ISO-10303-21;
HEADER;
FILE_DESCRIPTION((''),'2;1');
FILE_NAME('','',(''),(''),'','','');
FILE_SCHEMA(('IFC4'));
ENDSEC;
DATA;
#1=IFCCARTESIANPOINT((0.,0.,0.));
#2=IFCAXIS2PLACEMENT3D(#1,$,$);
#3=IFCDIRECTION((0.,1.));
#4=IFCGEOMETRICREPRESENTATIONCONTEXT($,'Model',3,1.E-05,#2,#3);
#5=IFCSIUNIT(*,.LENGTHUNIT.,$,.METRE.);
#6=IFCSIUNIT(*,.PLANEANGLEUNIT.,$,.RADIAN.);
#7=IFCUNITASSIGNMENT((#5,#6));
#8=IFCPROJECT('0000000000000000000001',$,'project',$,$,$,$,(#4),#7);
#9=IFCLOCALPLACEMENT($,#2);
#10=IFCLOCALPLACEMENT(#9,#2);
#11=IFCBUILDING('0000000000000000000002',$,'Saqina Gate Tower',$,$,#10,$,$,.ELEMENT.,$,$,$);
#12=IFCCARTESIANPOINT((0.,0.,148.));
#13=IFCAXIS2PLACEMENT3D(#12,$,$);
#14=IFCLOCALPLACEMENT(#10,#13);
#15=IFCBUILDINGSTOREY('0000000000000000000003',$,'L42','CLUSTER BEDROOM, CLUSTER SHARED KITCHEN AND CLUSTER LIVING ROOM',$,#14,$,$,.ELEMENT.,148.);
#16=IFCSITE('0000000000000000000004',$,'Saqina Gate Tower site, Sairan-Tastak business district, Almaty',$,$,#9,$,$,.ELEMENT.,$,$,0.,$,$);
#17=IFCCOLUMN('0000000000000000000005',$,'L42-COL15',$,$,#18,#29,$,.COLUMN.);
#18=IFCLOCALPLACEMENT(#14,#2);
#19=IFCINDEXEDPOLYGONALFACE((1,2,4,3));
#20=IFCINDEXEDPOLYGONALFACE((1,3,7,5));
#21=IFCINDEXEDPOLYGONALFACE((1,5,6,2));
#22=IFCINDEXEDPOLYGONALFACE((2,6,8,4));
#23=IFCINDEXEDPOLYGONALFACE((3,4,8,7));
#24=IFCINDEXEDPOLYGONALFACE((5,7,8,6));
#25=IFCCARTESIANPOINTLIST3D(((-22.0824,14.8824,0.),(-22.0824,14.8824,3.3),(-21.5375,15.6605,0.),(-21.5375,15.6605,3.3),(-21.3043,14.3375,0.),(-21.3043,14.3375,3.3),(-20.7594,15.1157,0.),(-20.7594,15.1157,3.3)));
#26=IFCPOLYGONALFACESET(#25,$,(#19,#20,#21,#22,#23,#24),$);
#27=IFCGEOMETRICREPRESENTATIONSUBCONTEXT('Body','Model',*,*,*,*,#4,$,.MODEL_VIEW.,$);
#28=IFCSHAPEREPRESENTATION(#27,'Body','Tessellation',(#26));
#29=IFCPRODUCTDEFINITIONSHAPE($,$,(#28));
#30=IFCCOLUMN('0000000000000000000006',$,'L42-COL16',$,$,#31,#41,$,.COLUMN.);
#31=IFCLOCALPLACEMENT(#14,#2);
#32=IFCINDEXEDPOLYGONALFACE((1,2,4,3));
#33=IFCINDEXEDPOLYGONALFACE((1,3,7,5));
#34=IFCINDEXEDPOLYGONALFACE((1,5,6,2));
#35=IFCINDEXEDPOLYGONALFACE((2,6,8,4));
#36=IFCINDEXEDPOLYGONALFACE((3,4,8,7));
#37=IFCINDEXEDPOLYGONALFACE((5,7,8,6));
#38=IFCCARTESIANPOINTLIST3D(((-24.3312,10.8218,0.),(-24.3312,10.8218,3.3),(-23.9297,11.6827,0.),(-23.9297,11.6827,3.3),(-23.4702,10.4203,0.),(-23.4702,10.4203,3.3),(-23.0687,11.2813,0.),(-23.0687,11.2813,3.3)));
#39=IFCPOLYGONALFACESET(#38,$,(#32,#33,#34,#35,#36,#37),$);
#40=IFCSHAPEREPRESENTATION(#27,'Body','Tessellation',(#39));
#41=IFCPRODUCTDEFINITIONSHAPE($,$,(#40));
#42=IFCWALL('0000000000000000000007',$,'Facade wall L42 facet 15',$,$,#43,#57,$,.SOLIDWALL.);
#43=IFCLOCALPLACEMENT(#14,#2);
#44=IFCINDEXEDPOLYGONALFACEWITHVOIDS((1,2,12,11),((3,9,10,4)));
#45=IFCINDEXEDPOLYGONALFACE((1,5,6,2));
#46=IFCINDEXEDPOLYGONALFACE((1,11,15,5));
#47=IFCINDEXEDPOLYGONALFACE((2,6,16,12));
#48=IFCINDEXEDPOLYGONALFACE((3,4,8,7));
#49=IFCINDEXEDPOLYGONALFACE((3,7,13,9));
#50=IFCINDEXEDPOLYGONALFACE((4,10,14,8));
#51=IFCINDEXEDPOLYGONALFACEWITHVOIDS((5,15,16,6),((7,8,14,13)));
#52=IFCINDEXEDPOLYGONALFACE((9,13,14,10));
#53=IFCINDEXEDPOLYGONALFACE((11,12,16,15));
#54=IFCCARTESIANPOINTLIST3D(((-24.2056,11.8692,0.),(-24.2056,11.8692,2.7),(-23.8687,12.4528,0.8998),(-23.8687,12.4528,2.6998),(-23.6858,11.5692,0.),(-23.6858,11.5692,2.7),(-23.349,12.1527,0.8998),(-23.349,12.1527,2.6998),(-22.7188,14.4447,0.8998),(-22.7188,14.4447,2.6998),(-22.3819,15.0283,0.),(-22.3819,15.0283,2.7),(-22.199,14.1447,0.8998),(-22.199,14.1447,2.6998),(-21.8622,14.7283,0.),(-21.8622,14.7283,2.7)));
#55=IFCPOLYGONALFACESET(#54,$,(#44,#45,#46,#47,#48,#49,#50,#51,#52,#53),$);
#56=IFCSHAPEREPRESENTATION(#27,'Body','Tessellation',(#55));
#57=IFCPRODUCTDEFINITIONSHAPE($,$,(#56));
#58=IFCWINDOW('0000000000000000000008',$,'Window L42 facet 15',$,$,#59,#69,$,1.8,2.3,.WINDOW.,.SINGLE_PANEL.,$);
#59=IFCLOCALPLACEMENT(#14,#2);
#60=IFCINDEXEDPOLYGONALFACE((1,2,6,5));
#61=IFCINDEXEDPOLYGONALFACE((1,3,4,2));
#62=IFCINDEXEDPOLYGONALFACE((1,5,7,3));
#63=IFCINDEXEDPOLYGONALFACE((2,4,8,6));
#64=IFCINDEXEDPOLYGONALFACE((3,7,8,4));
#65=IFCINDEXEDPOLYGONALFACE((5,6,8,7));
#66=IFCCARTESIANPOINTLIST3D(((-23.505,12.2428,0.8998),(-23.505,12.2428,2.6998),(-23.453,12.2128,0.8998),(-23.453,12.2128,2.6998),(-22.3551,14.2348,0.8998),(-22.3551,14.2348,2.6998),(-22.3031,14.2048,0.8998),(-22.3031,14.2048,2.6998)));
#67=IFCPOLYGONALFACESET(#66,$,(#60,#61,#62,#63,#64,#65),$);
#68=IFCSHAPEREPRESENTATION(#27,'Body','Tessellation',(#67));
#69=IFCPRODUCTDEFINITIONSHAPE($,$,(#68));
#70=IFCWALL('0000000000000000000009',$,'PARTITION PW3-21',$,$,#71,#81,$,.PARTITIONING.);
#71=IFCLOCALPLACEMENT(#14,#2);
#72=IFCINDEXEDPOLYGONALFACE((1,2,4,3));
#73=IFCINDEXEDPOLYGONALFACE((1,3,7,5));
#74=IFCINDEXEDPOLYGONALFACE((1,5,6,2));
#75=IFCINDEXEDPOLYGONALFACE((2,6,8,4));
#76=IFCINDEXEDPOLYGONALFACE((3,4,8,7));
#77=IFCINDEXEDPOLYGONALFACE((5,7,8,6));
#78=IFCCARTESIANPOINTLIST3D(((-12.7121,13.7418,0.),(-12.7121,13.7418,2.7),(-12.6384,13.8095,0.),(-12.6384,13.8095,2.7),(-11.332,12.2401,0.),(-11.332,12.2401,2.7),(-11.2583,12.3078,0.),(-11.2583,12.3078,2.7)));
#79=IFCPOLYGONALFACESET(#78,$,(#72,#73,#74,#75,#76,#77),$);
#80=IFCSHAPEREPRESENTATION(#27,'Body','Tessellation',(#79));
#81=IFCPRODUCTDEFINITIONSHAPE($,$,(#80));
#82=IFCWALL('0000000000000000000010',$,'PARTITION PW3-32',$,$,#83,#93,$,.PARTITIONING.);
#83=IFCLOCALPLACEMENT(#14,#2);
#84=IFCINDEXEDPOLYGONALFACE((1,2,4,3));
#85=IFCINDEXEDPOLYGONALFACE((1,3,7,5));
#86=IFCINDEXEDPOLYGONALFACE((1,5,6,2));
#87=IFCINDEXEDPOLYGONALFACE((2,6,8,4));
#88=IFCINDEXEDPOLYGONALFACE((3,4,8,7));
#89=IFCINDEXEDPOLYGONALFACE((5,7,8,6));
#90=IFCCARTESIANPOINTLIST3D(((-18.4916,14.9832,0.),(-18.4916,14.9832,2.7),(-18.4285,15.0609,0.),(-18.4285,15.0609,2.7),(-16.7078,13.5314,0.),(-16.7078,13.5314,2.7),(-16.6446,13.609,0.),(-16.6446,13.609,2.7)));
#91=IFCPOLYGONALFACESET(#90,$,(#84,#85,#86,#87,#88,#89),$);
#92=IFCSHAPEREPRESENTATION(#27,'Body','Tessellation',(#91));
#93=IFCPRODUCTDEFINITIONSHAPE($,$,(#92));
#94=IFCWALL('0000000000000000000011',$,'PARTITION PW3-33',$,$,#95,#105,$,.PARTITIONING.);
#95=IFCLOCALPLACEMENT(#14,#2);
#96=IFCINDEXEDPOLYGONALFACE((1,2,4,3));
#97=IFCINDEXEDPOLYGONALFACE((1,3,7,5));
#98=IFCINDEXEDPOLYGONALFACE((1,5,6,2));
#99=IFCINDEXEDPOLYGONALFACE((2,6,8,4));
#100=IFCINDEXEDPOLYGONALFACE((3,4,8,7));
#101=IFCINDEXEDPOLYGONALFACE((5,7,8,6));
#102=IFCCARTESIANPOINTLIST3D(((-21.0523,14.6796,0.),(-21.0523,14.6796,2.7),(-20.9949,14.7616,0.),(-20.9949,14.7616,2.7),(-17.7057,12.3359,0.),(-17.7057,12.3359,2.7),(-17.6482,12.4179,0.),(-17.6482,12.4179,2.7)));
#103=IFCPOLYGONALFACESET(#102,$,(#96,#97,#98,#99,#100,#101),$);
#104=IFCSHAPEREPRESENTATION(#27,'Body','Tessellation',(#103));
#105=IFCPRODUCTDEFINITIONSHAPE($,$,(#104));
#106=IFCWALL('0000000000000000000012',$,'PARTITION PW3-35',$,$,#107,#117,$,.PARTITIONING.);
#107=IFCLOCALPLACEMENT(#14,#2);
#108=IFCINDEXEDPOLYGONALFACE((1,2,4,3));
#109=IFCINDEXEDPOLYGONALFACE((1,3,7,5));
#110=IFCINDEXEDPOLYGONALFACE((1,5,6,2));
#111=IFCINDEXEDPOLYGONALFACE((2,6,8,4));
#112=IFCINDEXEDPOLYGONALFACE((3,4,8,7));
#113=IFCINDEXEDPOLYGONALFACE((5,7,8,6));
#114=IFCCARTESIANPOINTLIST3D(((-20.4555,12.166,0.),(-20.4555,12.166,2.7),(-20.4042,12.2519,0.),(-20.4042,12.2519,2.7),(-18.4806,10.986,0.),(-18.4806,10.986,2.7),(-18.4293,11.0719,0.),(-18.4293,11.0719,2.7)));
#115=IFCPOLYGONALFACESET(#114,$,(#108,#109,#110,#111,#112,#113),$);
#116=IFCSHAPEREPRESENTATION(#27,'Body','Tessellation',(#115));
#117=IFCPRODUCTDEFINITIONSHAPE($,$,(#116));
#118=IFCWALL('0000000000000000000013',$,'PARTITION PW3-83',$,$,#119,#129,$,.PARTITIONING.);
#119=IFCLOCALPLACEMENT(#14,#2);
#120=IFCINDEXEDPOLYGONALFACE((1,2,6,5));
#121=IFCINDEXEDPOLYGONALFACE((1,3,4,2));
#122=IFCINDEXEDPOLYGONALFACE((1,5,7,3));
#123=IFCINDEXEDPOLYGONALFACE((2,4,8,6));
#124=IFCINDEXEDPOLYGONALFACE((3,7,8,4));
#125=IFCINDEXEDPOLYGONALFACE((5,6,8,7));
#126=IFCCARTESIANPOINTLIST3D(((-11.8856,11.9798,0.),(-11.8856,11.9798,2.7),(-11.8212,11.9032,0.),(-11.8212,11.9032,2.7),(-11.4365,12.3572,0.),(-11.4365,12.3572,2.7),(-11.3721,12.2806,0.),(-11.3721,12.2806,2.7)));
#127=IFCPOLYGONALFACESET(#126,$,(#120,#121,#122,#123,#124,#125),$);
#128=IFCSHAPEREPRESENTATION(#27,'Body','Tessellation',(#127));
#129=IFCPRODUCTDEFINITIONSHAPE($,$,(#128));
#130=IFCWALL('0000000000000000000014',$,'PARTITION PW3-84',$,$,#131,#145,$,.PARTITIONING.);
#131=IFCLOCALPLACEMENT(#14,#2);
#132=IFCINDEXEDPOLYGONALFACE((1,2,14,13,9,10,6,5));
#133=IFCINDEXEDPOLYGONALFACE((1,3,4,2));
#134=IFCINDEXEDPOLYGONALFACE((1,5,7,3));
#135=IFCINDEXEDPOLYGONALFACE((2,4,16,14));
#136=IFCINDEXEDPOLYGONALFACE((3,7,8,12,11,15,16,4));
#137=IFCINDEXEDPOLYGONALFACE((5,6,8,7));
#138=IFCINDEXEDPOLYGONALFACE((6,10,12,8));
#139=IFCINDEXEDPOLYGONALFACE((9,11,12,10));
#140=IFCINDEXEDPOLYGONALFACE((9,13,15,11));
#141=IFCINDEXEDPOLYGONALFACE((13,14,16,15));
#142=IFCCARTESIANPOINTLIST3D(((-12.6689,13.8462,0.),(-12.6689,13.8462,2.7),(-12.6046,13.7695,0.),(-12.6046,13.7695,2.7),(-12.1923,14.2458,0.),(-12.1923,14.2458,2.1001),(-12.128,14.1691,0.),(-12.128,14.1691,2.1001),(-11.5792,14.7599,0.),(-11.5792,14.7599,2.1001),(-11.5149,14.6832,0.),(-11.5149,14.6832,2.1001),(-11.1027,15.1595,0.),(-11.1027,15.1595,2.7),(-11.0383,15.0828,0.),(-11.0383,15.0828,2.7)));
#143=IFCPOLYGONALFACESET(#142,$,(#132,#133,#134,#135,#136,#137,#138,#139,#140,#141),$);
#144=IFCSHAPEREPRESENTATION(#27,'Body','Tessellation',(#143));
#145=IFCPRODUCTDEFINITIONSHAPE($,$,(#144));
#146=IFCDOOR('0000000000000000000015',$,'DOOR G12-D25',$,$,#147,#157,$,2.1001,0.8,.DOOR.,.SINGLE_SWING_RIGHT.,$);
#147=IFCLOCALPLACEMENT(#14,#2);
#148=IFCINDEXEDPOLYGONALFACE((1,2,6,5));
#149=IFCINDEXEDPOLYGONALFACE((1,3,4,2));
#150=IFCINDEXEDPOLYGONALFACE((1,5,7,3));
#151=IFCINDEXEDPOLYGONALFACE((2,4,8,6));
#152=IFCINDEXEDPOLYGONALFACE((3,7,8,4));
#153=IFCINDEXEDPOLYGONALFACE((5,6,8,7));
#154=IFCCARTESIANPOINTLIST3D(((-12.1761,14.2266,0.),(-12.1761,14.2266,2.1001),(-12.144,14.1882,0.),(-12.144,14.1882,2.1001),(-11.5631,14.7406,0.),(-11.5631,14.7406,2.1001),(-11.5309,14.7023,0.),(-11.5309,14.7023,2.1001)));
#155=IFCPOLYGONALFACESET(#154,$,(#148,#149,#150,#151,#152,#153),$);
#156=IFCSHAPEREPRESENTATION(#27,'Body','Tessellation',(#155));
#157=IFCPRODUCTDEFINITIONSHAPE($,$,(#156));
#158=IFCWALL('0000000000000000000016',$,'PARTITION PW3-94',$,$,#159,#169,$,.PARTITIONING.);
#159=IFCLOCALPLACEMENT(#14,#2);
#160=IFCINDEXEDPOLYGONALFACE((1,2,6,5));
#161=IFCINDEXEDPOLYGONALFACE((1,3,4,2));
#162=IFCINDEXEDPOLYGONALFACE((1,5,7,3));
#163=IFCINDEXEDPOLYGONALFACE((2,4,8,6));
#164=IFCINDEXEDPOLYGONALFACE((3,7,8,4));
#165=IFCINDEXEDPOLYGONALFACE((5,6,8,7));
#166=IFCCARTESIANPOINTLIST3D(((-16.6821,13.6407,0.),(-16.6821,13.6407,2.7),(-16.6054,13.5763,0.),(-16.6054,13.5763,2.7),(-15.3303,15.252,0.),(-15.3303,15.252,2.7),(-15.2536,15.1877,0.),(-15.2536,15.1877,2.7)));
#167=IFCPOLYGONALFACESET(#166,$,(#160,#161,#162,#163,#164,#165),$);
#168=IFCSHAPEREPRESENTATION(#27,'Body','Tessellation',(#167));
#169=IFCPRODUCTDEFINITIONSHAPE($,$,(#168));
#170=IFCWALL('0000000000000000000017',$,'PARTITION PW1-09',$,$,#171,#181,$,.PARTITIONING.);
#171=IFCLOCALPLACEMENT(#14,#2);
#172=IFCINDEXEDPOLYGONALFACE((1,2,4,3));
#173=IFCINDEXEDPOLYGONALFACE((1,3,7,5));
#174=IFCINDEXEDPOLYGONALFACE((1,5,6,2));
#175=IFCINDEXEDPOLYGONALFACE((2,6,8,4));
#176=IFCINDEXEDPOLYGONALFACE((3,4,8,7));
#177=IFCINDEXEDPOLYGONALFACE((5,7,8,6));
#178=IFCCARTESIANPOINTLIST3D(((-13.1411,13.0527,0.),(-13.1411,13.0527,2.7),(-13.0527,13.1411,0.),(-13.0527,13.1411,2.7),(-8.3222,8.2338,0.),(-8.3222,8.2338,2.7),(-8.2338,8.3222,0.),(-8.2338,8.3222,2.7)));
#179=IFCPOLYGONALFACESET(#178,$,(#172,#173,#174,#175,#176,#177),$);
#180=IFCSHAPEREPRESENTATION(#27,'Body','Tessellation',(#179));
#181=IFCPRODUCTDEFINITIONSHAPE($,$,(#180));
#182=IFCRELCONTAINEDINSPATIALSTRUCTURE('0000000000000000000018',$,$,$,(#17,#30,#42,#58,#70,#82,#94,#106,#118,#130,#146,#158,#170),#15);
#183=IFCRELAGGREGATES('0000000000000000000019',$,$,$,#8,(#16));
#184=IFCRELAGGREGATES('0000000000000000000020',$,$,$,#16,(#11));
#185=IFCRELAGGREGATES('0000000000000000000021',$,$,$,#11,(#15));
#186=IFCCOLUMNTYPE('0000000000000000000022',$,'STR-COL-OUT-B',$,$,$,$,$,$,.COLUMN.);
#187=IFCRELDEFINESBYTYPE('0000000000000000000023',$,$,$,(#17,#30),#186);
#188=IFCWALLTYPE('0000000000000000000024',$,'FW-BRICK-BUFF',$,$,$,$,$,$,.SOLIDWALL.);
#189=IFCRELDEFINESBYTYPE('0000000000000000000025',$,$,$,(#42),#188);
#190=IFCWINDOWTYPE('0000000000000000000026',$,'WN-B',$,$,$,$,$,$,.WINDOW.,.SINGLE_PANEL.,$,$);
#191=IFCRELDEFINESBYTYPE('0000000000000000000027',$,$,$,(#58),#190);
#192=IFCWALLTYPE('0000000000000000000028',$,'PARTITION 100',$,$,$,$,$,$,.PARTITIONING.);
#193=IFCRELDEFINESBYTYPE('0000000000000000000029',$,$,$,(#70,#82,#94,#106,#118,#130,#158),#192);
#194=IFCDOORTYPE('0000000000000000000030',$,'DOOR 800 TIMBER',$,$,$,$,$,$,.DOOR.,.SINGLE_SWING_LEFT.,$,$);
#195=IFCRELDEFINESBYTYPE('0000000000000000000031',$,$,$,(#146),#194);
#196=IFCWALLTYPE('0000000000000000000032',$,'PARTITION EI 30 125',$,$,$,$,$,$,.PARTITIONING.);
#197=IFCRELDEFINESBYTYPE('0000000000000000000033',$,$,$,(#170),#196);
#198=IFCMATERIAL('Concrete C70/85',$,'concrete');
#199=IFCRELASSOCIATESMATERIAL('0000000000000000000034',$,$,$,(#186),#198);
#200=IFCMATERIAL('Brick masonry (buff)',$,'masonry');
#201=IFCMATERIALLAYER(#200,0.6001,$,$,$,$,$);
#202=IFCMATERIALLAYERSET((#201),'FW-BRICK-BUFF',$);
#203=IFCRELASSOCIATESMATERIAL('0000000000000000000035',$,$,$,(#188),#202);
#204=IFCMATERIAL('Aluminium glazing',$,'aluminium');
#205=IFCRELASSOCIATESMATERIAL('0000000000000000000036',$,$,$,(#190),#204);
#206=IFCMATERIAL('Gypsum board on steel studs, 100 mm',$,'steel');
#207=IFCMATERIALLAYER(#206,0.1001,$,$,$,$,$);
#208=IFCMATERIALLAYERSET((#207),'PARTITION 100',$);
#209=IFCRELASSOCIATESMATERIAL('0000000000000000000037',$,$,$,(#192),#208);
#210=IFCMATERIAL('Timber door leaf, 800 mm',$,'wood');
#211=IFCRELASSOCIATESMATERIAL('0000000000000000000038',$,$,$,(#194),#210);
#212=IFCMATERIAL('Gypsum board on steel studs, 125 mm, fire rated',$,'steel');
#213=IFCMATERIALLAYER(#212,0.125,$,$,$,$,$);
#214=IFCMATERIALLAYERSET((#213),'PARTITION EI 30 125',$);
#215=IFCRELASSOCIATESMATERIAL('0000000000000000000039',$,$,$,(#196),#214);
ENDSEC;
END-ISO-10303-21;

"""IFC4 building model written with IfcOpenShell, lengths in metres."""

from ifc_helpers import new_model, si_unit, direction, frame, frame_2d, origin, origin_2d, place, context, subcontext, project, spatial, rectangle, extrude, material, layer, layer_set, material_profile, profile_set, type_object, element, fill, save


model = new_model("IFC4")

# Units and contexts
model_context = context("Model", 3, precision=1e-05, world=origin(), true_north=direction((0.0, 1.0)))
body_context = subcontext(model_context, "Body", "Model", "MODEL_VIEW")
ifc_project = project(units=[si_unit("LENGTHUNIT", "METRE"), si_unit("PLANEANGLEUNIT", "RADIAN")], contexts=[model_context])

# Site, building, storey
site_placement = place(None, origin())
site = spatial("IfcSite", under=ifc_project, at=site_placement, Name="Saqina Gate Tower site, Sairan-Tastak business district, Almaty", CompositionType="ELEMENT", RefElevation=0.0)
building_placement = place(site_placement, origin())
building = spatial("IfcBuilding", under=site, at=building_placement, Name="Saqina Gate Tower", CompositionType="ELEMENT")
storey_placement = place(building_placement, frame((0.0, 0.0, 148.0)))
storey = spatial("IfcBuildingStorey", under=building, at=storey_placement, Name="L42", Description="CLUSTER BEDROOM, CLUSTER SHARED KITCHEN AND CLUSTER LIVING ROOM", CompositionType="ELEMENT", Elevation=148.0)

# Columns
ifc_material_1 = material(Name="Concrete C70/85", Category="concrete")
ifc_material_profile = material_profile(ifc_material_1, rectangle(XDim=0.95, YDim=0.95, at=origin_2d()), Name="RC 950x950")
ifc_profile_set = profile_set([ifc_material_profile], Name="Concrete C70/85")
column_type = type_object("IfcColumnType", Name="STR-COL-OUT-B", PredefinedType="COLUMN", material=ifc_profile_set)
for number, where, z_axis, x_axis, name in (
    (1, (-21.4209, 14.999, 0.0), (0.0, 0.0, 1.0), (-0.819152, 0.573576, 0.0), "L42-COL15"),
    (2, (-23.7, 11.0515, 0.0), (0.0, 0.0, 1.0), (-0.906308, 0.422618, 0.0), "L42-COL16"),
):
    element("IfcColumn", number, at=place(storey_placement, frame(where, z_axis=z_axis, x_axis=x_axis)), inside=storey, type_object=column_type, Name=name, PredefinedType="COLUMN", context=body_context, shape_type="SweptSolid", body=[
        extrude(rectangle(XDim=0.95, YDim=0.95, at=origin_2d()), origin(), (0.0, 0.0, 1.0), 3.3),
    ])

# Wall, opening, window
ifc_material_2 = material(Name="Brick masonry (buff)", Category="masonry")
ifc_layer_1 = layer(ifc_material_2, 0.6001)
ifc_layer_set_1 = layer_set([ifc_layer_1], Name="FW-BRICK-BUFF")
wall_type_1 = type_object("IfcWallType", Name="FW-BRICK-BUFF", PredefinedType="SOLIDWALL", material=ifc_layer_set_1)
wall_1_placement = place(storey_placement, frame((-22.1221, 14.8782, 0.0), z_axis=(0.0, 0.0, 1.0), x_axis=(-0.499954, -0.866052, 0.0)))
wall_1 = element("IfcWall", 3, at=wall_1_placement, inside=storey, type_object=wall_type_1, Name="Facade wall L42 facet 15", PredefinedType="SOLIDWALL", context=body_context, shape_type="SweptSolid", body=[
    extrude(rectangle(XDim=3.6477, YDim=0.6001, at=frame_2d((1.8237, 0.0))), origin(), (0.0, 0.0, 1.0), 2.7),
])
opening_1_placement = place(wall_1_placement, frame((0.6738, 0.0, 0.8999)))
opening_1 = element("IfcOpeningElement", 4, at=opening_1_placement, cuts=wall_1, PredefinedType="OPENING", context=body_context, shape_type="SweptSolid", body=[
    extrude(rectangle(XDim=2.3, YDim=1.8, at=frame_2d((1.1499, 0.8999))), frame((0.0, 0.312, 0.0), z_axis=(0.0, -1.0, 0.0), x_axis=(1.0, 0.0, 0.0)), (0.0, 0.0, 1.0), 0.624),
])
ifc_material_3 = material(Name="Aluminium glazing", Category="aluminium")
window_type = type_object("IfcWindowType", Name="WN-B", PartitioningType="SINGLE_PANEL", PredefinedType="WINDOW", material=ifc_material_3)
window_placement = place(opening_1_placement, origin())
window = element("IfcWindow", 5, at=window_placement, inside=storey, type_object=window_type, Name="Window L42 facet 15", OverallHeight=1.8, OverallWidth=2.3, PartitioningType="SINGLE_PANEL", PredefinedType="WINDOW", context=body_context, shape_type="SweptSolid", body=[
    extrude(rectangle(XDim=2.3, YDim=1.8, at=frame_2d((1.1499, 0.8999))), frame((0.0, 0.1799, 0.0), z_axis=(0.0, -1.0, 0.0), x_axis=(1.0, 0.0, 0.0)), (0.0, 0.0, 1.0), 0.0601),
])
fill(opening_1, window)

# Walls
ifc_material_4 = material(Name="Gypsum board on steel studs, 100 mm", Category="steel")
ifc_layer_2 = layer(ifc_material_4, 0.1001)
ifc_layer_set_2 = layer_set([ifc_layer_2], Name="PARTITION 100")
wall_type_2 = type_object("IfcWallType", Name="PARTITION 100", PredefinedType="PARTITIONING", material=ifc_layer_set_2)
wall_2_placement = place(storey_placement, frame((-12.6753, 13.7756, 0.0), z_axis=(0.0, 0.0, 1.0), x_axis=(0.676673, -0.736284, 0.0)))
element("IfcWall", 6, at=wall_2_placement, inside=storey, type_object=wall_type_2, Name="PARTITION PW3-21", PredefinedType="PARTITIONING", context=body_context, shape_type="SweptSolid", body=[
    extrude(rectangle(XDim=2.0396, YDim=0.1001, at=frame_2d((1.0198, 0.0))), origin(), (0.0, 0.0, 1.0), 2.7),
])
wall_3_placement = place(storey_placement, frame((-18.46, 15.022, 0.0), z_axis=(0.0, 0.0, 1.0), x_axis=(0.775591, -0.631236, 0.0)))
element("IfcWall", 7, at=wall_3_placement, inside=storey, type_object=wall_type_2, Name="PARTITION PW3-32", PredefinedType="PARTITIONING", context=body_context, shape_type="SweptSolid", body=[
    extrude(rectangle(XDim=2.3, YDim=0.1001, at=frame_2d((1.1499, 0.0))), origin(), (0.0, 0.0, 1.0), 2.7),
])
wall_4_placement = place(storey_placement, frame((-21.0237, 14.7207, 0.0), z_axis=(0.0, 0.0, 1.0), x_axis=(0.819108, -0.573639, 0.0)))
element("IfcWall", 8, at=wall_4_placement, inside=storey, type_object=wall_type_2, Name="PARTITION PW3-33", PredefinedType="PARTITIONING", context=body_context, shape_type="SweptSolid", body=[
    extrude(rectangle(XDim=4.0857, YDim=0.1001, at=frame_2d((2.043, 0.0))), origin(), (0.0, 0.0, 1.0), 2.7),
])
wall_5_placement = place(storey_placement, frame((-20.4299, 12.209, 0.0), z_axis=(0.0, 0.0, 1.0), x_axis=(0.858447, -0.512903, 0.0)))
element("IfcWall", 9, at=wall_5_placement, inside=storey, type_object=wall_type_2, Name="PARTITION PW3-35", PredefinedType="PARTITIONING", context=body_context, shape_type="SweptSolid", body=[
    extrude(rectangle(XDim=2.3005, YDim=0.1001, at=frame_2d((1.1504, 0.0))), origin(), (0.0, 0.0, 1.0), 2.7),
])
wall_6_placement = place(storey_placement, frame((-11.8535, 11.9414, 0.0), z_axis=(0.0, 0.0, 1.0), x_axis=(0.765623, 0.64329, 0.0)))
element("IfcWall", 10, at=wall_6_placement, inside=storey, type_object=wall_type_2, Name="PARTITION PW3-83", PredefinedType="PARTITIONING", context=body_context, shape_type="SweptSolid", body=[
    extrude(rectangle(XDim=0.5867, YDim=0.1001, at=frame_2d((0.2935, 0.0))), origin(), (0.0, 0.0, 1.0), 2.7),
])

# Wall, opening, door
wall_7_placement = place(storey_placement, frame((-12.6367, 13.8079, 0.0), z_axis=(0.0, 0.0, 1.0), x_axis=(0.766269, 0.64252, 0.0)))
wall_7 = element("IfcWall", 11, at=wall_7_placement, inside=storey, type_object=wall_type_2, Name="PARTITION PW3-84", PredefinedType="PARTITIONING", context=body_context, shape_type="SweptSolid", body=[
    extrude(rectangle(XDim=2.0439, YDim=0.1001, at=frame_2d((1.022, 0.0))), origin(), (0.0, 0.0, 1.0), 2.7),
])
opening_2_placement = place(wall_7_placement, frame((0.6221, 0.0, 0.0)))
opening_2 = element("IfcOpeningElement", 12, at=opening_2_placement, cuts=wall_7, PredefinedType="OPENING", context=body_context, shape_type="SweptSolid", body=[
    extrude(rectangle(XDim=0.8, YDim=2.1001, at=frame_2d((0.3999, 1.05))), frame((0.0, 0.062, 0.0), z_axis=(0.0, -1.0, 0.0), x_axis=(1.0, 0.0, 0.0)), (0.0, 0.0, 1.0), 0.124),
])
ifc_material_5 = material(Name="Timber door leaf, 800 mm", Category="wood")
door_type_1 = type_object("IfcDoorType", Name="DOOR 800 TIMBER", OperationType="SINGLE_SWING_LEFT", PredefinedType="DOOR", material=ifc_material_5)
door_1_placement = place(opening_2_placement, origin())
door_1 = element("IfcDoor", 13, at=door_1_placement, inside=storey, type_object=door_type_1, Name="DOOR G12-D25", OperationType="SINGLE_SWING_RIGHT", OverallHeight=2.1001, OverallWidth=0.8, PredefinedType="DOOR", context=body_context, shape_type="SweptSolid", body=[
    extrude(rectangle(XDim=0.8, YDim=2.1001, at=frame_2d((0.3999, 1.05))), frame((0.0, 0.0249, 0.0), z_axis=(0.0, -1.0, 0.0), x_axis=(1.0, 0.0, 0.0)), (0.0, 0.0, 1.0), 0.05),
])
fill(opening_2, door_1)

# Walls
wall_8_placement = place(storey_placement, frame((-16.6438, 13.6084, 0.0), z_axis=(0.0, 0.0, 1.0), x_axis=(0.642716, 0.766105, 0.0)))
element("IfcWall", 14, at=wall_8_placement, inside=storey, type_object=wall_type_2, Name="PARTITION PW3-94", PredefinedType="PARTITIONING", context=body_context, shape_type="SweptSolid", body=[
    extrude(rectangle(XDim=2.1033, YDim=0.1001, at=frame_2d((1.0518, 0.0))), origin(), (0.0, 0.0, 1.0), 2.7),
])
ifc_material_6 = material(Name="Gypsum board on steel studs, 125 mm, fire rated", Category="steel")
ifc_layer_3 = layer(ifc_material_6, 0.125)
ifc_layer_set_3 = layer_set([ifc_layer_3], Name="PARTITION EI 30 125")
wall_type_3 = type_object("IfcWallType", Name="PARTITION EI 30 125", PredefinedType="PARTITIONING", material=ifc_layer_set_3)
wall_9_placement = place(storey_placement, frame((-13.0969, 13.0969, 0.0), z_axis=(0.0, 0.0, 1.0), x_axis=(0.707107, -0.707107, 0.0)))
element("IfcWall", 15, at=wall_9_placement, inside=storey, type_object=wall_type_3, Name="PARTITION PW1-09", PredefinedType="PARTITIONING", context=body_context, shape_type="SweptSolid", body=[
    extrude(rectangle(XDim=6.8149, YDim=0.125, at=frame_2d((3.4075, 0.0))), origin(), (0.0, 0.0, 1.0), 2.7),
])

save(model, "model.ifc")
